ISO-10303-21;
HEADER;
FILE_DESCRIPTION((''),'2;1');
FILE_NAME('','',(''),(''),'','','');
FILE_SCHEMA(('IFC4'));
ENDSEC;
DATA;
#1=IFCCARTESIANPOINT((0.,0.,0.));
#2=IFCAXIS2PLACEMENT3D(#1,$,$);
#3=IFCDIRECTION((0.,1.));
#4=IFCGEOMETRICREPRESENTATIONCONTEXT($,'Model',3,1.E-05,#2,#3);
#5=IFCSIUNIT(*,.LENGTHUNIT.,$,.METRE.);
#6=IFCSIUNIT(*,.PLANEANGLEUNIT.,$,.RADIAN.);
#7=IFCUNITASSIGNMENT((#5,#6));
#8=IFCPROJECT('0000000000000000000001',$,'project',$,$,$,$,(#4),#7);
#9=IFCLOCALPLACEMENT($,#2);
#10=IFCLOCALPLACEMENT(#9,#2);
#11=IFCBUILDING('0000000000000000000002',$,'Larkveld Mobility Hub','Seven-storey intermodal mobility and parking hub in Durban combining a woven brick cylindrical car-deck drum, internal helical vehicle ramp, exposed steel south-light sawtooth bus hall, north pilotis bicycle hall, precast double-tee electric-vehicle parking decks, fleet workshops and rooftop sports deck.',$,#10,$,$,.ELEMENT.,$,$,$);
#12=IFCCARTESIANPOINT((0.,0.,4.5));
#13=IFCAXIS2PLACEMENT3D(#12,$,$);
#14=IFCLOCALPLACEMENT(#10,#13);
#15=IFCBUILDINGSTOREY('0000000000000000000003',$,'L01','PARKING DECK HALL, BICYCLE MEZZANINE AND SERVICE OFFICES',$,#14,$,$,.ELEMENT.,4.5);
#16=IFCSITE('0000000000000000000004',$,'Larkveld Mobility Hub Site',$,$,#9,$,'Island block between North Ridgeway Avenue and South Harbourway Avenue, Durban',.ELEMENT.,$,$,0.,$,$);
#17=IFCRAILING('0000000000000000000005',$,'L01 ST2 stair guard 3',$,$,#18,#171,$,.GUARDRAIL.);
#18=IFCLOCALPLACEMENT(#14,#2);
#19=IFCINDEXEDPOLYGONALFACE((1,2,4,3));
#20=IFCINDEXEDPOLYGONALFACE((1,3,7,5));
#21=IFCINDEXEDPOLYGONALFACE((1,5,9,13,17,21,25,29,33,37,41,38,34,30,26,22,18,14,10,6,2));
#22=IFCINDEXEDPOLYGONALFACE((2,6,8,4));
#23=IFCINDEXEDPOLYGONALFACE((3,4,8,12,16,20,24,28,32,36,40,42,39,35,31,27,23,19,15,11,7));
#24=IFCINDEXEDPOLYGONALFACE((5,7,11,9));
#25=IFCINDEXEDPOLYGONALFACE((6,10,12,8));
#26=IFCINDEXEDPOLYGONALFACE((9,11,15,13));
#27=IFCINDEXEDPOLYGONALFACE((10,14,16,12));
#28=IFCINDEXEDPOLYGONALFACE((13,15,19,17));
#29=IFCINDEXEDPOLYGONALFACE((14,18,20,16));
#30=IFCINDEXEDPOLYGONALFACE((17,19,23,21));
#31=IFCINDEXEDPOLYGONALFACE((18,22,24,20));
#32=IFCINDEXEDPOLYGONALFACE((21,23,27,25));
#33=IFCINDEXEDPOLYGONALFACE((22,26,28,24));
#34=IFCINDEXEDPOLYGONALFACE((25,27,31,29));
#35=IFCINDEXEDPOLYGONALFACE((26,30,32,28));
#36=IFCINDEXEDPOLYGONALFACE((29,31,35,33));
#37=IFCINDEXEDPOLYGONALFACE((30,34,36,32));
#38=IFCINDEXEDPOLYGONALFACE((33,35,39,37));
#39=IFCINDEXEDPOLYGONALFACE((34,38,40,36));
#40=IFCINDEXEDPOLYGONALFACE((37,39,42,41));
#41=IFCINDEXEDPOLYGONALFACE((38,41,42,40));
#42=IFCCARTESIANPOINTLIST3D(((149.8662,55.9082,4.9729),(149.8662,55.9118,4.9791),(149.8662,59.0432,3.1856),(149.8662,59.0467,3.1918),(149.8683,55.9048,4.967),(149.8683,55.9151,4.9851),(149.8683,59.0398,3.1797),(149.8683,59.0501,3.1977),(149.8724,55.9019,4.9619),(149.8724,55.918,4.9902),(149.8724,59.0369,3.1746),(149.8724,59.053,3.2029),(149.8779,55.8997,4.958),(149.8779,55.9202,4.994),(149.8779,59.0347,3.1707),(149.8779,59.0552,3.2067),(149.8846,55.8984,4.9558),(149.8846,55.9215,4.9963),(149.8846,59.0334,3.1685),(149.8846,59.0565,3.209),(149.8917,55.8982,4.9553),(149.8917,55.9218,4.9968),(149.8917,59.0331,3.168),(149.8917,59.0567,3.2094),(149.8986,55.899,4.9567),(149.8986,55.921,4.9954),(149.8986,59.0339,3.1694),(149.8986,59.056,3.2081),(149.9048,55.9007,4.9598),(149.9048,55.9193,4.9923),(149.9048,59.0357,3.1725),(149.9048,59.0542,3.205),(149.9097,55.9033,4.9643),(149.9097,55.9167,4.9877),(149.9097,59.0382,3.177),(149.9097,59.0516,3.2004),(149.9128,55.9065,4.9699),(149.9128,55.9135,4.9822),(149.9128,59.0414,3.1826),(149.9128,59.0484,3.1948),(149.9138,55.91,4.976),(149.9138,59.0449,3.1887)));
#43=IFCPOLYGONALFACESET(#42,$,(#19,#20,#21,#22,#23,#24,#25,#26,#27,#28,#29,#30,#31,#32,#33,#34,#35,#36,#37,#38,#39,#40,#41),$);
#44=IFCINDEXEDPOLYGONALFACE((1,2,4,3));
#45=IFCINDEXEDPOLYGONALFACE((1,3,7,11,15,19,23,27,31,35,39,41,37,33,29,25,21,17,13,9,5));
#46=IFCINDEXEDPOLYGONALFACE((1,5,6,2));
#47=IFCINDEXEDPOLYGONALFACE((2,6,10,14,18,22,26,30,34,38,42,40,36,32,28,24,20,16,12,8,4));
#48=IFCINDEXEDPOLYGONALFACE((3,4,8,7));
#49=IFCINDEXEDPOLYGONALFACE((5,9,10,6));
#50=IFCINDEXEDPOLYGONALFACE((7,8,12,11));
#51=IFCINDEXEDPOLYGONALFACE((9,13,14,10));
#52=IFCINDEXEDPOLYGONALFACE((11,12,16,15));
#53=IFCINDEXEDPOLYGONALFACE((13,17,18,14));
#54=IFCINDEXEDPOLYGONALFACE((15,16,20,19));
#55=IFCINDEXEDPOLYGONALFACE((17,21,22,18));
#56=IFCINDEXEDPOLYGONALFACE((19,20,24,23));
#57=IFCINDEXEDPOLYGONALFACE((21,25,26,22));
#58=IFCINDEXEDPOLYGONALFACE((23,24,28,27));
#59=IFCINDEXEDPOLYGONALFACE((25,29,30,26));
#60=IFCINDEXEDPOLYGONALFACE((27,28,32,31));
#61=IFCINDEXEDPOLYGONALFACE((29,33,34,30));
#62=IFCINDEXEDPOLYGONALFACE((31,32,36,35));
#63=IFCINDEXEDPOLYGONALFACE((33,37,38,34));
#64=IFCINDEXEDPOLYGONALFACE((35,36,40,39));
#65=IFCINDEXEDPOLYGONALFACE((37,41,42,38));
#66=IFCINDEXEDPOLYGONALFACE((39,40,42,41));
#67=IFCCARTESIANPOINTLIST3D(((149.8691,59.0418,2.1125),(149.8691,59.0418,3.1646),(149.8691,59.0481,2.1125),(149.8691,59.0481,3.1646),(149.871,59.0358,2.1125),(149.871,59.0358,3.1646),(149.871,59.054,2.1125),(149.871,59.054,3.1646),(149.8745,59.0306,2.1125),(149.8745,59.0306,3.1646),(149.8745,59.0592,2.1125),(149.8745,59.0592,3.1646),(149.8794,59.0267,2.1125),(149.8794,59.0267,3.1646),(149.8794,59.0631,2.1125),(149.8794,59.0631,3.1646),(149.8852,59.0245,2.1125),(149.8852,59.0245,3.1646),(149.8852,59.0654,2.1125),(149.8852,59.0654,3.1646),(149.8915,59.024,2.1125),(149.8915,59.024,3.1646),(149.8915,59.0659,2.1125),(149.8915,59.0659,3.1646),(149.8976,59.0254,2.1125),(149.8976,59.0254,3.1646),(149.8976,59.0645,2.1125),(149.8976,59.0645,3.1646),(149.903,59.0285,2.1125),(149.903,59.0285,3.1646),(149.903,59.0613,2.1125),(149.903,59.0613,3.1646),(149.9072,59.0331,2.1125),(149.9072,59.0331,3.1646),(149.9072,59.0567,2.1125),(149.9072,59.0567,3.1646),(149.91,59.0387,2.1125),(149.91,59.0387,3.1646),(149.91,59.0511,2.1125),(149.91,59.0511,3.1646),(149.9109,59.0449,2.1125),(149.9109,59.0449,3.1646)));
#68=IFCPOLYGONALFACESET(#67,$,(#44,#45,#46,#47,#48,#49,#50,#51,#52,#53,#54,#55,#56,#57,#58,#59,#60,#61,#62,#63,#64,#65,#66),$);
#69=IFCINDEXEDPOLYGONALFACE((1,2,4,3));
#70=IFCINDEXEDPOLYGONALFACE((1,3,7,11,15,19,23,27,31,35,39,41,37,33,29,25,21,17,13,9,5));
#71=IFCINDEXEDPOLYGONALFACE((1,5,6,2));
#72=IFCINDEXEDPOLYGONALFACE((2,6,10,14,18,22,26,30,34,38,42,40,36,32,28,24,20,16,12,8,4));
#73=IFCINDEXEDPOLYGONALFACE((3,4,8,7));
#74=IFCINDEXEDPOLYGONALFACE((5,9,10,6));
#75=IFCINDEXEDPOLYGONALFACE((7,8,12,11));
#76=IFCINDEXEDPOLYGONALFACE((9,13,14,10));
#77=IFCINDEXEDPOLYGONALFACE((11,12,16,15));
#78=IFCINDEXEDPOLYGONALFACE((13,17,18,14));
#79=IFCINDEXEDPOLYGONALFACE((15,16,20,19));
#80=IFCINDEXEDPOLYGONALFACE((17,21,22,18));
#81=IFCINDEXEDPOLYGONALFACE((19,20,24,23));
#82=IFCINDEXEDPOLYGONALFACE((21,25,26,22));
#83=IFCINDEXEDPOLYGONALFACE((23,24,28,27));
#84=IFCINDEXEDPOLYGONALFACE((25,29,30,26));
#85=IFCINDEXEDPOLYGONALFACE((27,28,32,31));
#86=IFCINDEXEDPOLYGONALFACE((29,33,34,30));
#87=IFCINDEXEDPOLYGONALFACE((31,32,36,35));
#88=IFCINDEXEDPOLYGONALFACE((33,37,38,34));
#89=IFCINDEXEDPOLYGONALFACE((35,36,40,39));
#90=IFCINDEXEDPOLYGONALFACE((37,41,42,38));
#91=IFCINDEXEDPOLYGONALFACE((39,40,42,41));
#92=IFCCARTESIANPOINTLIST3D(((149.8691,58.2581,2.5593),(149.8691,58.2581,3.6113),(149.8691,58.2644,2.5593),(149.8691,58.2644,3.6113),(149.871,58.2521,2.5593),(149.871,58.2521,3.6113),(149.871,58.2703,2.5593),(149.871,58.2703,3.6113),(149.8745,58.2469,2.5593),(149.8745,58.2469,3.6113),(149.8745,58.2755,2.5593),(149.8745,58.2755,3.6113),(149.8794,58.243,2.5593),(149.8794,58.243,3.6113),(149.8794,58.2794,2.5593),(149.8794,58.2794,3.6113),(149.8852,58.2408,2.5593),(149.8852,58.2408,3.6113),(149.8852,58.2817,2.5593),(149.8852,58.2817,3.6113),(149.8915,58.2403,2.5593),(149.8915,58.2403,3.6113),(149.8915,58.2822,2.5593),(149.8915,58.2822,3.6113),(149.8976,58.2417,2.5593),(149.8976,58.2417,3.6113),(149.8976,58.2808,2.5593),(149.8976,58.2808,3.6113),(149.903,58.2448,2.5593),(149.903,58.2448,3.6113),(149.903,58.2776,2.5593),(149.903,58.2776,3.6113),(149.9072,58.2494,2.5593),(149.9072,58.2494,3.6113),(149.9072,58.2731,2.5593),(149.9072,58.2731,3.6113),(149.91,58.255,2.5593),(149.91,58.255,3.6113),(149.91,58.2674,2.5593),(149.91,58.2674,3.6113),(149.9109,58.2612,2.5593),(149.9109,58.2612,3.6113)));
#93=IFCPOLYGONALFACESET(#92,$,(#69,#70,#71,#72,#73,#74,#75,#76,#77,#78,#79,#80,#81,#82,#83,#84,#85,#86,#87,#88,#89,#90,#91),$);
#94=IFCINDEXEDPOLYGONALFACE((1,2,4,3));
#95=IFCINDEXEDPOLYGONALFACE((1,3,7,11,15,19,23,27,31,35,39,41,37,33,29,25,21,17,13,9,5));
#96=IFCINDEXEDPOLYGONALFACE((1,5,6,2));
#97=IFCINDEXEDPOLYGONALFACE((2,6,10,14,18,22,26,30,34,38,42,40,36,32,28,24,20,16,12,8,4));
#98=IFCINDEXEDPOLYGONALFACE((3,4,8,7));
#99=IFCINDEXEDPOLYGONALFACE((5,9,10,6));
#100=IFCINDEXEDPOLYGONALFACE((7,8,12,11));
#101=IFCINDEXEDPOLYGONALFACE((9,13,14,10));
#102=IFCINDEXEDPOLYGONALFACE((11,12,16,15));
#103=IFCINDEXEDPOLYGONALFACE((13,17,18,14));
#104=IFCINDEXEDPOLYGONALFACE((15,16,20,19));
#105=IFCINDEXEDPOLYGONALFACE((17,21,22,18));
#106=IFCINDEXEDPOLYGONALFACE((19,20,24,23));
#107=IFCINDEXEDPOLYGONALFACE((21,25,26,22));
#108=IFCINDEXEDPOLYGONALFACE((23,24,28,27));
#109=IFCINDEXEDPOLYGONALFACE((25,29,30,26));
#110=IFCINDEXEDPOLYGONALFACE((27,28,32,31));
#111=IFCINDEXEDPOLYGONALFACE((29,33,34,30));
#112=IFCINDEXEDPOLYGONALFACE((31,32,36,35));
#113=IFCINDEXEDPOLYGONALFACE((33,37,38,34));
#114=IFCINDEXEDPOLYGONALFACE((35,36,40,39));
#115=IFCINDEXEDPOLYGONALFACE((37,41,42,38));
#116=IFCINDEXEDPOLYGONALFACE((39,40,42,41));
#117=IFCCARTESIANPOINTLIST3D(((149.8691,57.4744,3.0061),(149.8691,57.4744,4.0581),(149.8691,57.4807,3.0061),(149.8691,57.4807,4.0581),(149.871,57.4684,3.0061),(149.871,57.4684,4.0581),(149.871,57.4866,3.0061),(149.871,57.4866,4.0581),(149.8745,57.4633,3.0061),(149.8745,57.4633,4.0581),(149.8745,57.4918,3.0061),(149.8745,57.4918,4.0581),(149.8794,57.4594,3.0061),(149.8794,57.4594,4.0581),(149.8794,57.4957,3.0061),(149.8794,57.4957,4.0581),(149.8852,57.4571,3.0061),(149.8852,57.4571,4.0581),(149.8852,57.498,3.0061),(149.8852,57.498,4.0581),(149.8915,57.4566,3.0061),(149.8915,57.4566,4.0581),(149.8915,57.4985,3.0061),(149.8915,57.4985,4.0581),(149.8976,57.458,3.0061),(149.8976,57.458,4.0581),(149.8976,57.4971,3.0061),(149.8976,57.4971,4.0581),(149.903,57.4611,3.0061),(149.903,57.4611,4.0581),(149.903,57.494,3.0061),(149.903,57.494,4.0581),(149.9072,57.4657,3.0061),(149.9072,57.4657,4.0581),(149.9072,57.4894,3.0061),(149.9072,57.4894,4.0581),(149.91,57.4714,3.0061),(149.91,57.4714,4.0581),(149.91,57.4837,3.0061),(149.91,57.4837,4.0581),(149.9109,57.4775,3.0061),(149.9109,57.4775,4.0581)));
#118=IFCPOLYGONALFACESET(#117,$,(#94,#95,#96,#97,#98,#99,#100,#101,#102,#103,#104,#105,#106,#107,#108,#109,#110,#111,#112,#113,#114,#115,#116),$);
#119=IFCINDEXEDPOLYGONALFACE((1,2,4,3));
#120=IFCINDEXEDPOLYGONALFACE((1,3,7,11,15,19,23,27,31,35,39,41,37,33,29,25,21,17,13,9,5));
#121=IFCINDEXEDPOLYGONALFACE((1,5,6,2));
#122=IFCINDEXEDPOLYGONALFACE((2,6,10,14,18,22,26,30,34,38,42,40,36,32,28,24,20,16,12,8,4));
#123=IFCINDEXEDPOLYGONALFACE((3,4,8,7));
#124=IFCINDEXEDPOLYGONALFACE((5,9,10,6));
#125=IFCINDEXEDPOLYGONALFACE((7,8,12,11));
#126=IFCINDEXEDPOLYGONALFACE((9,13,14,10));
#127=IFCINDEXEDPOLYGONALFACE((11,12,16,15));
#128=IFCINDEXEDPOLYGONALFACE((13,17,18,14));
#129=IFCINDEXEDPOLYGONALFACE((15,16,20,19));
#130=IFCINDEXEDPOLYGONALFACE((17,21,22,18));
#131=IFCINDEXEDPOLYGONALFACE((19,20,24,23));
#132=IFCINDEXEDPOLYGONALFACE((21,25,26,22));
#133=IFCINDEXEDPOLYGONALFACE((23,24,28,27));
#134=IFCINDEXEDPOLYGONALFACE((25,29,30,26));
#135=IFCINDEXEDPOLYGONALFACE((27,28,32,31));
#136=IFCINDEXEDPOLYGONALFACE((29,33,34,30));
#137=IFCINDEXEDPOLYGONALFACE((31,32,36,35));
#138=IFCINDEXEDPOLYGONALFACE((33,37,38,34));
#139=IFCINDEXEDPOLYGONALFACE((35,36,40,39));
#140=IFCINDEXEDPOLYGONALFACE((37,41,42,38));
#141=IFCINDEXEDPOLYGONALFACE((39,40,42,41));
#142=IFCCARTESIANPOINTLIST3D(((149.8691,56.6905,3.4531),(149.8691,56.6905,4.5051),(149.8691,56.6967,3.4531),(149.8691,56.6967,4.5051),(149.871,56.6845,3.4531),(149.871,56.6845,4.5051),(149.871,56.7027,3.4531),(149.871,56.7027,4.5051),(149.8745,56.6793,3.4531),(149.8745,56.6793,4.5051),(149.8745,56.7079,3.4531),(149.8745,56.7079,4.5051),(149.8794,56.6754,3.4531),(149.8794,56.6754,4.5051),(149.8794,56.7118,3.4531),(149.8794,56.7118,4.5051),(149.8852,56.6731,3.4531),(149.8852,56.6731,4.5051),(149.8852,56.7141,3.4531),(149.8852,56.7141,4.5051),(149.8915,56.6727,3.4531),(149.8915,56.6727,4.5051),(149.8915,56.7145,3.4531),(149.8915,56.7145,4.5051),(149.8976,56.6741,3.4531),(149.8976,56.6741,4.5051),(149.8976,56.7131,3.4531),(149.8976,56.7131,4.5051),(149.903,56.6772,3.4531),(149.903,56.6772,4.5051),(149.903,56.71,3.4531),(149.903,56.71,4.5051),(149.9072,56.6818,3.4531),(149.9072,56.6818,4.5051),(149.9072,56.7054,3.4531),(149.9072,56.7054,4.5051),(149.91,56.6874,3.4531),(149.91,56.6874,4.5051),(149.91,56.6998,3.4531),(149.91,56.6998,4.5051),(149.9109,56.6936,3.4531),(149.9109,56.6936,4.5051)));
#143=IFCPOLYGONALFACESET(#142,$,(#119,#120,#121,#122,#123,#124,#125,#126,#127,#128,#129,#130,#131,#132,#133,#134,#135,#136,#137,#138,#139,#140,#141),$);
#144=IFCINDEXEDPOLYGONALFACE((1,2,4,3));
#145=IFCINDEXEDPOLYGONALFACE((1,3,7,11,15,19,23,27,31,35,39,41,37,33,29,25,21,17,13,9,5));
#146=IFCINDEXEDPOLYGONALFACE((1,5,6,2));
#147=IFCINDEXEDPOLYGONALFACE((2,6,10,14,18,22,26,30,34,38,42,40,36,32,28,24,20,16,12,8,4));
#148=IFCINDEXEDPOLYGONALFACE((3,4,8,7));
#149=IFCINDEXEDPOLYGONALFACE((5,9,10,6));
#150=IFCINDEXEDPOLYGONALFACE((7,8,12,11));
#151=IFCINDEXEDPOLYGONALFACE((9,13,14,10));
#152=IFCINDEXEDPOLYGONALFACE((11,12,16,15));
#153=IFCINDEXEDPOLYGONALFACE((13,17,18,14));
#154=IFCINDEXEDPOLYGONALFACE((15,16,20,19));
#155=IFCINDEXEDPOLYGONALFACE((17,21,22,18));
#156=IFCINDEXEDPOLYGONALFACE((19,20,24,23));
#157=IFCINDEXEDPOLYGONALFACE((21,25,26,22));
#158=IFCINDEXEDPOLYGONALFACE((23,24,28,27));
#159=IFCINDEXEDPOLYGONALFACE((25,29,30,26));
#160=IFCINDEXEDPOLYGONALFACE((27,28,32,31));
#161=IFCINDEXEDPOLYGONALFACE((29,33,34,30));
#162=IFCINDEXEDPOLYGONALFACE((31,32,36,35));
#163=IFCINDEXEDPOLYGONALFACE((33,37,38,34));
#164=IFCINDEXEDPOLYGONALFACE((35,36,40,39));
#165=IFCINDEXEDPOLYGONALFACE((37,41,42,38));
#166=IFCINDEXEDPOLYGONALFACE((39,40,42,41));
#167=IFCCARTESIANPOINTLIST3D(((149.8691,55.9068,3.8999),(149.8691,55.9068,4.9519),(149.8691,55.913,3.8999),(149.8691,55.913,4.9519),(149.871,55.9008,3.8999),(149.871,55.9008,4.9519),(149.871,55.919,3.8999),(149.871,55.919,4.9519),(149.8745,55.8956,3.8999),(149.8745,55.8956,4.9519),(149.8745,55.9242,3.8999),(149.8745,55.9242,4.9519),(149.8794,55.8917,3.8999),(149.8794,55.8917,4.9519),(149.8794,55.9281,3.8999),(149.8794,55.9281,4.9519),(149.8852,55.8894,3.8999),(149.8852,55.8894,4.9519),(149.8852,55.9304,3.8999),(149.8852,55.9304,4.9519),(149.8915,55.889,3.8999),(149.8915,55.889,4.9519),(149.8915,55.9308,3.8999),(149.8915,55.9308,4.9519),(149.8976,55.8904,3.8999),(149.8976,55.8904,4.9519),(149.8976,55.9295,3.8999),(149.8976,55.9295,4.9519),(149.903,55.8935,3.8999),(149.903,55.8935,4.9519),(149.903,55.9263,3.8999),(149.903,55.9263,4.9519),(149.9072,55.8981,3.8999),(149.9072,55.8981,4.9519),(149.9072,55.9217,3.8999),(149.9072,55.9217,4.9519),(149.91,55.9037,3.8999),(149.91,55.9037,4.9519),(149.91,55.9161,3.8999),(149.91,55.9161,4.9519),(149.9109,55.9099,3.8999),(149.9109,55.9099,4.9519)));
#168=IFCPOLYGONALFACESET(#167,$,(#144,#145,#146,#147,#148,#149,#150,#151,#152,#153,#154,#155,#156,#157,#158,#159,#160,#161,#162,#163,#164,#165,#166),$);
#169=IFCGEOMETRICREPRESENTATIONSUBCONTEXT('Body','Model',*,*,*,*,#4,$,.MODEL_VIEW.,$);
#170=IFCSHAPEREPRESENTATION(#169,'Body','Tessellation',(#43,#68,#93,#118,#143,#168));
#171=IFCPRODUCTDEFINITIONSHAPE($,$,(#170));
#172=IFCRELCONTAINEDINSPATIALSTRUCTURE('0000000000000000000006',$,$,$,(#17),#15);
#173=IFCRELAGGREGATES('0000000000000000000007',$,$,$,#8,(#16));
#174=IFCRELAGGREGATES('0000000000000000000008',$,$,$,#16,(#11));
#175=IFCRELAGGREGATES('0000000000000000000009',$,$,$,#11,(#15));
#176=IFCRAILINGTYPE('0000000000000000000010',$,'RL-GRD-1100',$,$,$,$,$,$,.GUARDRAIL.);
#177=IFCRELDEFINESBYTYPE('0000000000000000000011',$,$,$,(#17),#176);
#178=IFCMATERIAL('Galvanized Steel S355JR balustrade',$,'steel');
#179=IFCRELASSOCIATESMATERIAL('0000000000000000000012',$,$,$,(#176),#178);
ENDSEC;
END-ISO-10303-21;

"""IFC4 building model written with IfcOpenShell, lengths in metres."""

from ifc_helpers import new_model, si_unit, direction, frame, origin, origin_2d, place, context, subcontext, project, spatial, circle, extrude, material, type_object, element, save


model = new_model("IFC4")

# Units and contexts
model_context = context("Model", 3, precision=1e-05, world=origin(), true_north=direction((0.0, 1.0)))
body_context = subcontext(model_context, "Body", "Model", "MODEL_VIEW")
ifc_project = project(units=[si_unit("LENGTHUNIT", "METRE"), si_unit("PLANEANGLEUNIT", "RADIAN")], contexts=[model_context])

# Site, building, storey
site_placement = place(None, origin())
site = spatial("IfcSite", under=ifc_project, at=site_placement, Name="Larkveld Mobility Hub Site", LongName="Island block between North Ridgeway Avenue and South Harbourway Avenue, Durban", CompositionType="ELEMENT", RefElevation=0.0)
building_placement = place(site_placement, origin())
building = spatial("IfcBuilding", under=site, at=building_placement, Name="Larkveld Mobility Hub", Description="Seven-storey intermodal mobility and parking hub in Durban combining a woven brick cylindrical car-deck drum, internal helical vehicle ramp, exposed steel south-light sawtooth bus hall, north pilotis bicycle hall, precast double-tee electric-vehicle parking decks, fleet workshops and rooftop sports deck.", CompositionType="ELEMENT")
storey_placement = place(building_placement, frame((0.0, 0.0, 4.5)))
storey = spatial("IfcBuildingStorey", under=building, at=storey_placement, Name="L01", Description="PARKING DECK HALL, BICYCLE MEZZANINE AND SERVICE OFFICES", CompositionType="ELEMENT", Elevation=4.5)

# Railing
ifc_material_1 = material(Name="Galvanized Steel S355JR balustrade", Category="steel")
railing_type_1 = type_object("IfcRailingType", Name="RL-GRD-1100", PredefinedType="GUARDRAIL", material=ifc_material_1)
railing_1_placement = place(storey_placement, frame((149.8899, 59.0449, 2.1125)))
element("IfcRailing", 1, at=railing_1_placement, inside=storey, type_object=railing_type_1, Name="L01 ST2 stair guard 3", PredefinedType="GUARDRAIL", context=body_context, shape_type="SweptSolid", body=[
    extrude(circle(Radius=0.0239, at=origin_2d()), frame((0.0, 0.0, 1.0762), z_axis=(0.0, -0.86873, 0.495286), x_axis=(1.0, 0.0, 0.0)), (0.0, 0.0, 1.0), 3.6086),
    extrude(circle(Radius=0.021, at=origin_2d()), origin(), (0.0, 0.0, 1.0), 1.052),
    extrude(circle(Radius=0.021, at=origin_2d()), frame((0.0, -0.7837, 0.4468)), (0.0, 0.0, 1.0), 1.052),
    extrude(circle(Radius=0.021, at=origin_2d()), frame((0.0, -1.5674, 0.8936)), (0.0, 0.0, 1.0), 1.052),
    extrude(circle(Radius=0.021, at=origin_2d()), frame((0.0, -2.3513, 1.3406)), (0.0, 0.0, 1.0), 1.052),
    extrude(circle(Radius=0.021, at=origin_2d()), frame((0.0, -3.135, 1.7874)), (0.0, 0.0, 1.0), 1.052),
])

save(model, "model.ifc")
